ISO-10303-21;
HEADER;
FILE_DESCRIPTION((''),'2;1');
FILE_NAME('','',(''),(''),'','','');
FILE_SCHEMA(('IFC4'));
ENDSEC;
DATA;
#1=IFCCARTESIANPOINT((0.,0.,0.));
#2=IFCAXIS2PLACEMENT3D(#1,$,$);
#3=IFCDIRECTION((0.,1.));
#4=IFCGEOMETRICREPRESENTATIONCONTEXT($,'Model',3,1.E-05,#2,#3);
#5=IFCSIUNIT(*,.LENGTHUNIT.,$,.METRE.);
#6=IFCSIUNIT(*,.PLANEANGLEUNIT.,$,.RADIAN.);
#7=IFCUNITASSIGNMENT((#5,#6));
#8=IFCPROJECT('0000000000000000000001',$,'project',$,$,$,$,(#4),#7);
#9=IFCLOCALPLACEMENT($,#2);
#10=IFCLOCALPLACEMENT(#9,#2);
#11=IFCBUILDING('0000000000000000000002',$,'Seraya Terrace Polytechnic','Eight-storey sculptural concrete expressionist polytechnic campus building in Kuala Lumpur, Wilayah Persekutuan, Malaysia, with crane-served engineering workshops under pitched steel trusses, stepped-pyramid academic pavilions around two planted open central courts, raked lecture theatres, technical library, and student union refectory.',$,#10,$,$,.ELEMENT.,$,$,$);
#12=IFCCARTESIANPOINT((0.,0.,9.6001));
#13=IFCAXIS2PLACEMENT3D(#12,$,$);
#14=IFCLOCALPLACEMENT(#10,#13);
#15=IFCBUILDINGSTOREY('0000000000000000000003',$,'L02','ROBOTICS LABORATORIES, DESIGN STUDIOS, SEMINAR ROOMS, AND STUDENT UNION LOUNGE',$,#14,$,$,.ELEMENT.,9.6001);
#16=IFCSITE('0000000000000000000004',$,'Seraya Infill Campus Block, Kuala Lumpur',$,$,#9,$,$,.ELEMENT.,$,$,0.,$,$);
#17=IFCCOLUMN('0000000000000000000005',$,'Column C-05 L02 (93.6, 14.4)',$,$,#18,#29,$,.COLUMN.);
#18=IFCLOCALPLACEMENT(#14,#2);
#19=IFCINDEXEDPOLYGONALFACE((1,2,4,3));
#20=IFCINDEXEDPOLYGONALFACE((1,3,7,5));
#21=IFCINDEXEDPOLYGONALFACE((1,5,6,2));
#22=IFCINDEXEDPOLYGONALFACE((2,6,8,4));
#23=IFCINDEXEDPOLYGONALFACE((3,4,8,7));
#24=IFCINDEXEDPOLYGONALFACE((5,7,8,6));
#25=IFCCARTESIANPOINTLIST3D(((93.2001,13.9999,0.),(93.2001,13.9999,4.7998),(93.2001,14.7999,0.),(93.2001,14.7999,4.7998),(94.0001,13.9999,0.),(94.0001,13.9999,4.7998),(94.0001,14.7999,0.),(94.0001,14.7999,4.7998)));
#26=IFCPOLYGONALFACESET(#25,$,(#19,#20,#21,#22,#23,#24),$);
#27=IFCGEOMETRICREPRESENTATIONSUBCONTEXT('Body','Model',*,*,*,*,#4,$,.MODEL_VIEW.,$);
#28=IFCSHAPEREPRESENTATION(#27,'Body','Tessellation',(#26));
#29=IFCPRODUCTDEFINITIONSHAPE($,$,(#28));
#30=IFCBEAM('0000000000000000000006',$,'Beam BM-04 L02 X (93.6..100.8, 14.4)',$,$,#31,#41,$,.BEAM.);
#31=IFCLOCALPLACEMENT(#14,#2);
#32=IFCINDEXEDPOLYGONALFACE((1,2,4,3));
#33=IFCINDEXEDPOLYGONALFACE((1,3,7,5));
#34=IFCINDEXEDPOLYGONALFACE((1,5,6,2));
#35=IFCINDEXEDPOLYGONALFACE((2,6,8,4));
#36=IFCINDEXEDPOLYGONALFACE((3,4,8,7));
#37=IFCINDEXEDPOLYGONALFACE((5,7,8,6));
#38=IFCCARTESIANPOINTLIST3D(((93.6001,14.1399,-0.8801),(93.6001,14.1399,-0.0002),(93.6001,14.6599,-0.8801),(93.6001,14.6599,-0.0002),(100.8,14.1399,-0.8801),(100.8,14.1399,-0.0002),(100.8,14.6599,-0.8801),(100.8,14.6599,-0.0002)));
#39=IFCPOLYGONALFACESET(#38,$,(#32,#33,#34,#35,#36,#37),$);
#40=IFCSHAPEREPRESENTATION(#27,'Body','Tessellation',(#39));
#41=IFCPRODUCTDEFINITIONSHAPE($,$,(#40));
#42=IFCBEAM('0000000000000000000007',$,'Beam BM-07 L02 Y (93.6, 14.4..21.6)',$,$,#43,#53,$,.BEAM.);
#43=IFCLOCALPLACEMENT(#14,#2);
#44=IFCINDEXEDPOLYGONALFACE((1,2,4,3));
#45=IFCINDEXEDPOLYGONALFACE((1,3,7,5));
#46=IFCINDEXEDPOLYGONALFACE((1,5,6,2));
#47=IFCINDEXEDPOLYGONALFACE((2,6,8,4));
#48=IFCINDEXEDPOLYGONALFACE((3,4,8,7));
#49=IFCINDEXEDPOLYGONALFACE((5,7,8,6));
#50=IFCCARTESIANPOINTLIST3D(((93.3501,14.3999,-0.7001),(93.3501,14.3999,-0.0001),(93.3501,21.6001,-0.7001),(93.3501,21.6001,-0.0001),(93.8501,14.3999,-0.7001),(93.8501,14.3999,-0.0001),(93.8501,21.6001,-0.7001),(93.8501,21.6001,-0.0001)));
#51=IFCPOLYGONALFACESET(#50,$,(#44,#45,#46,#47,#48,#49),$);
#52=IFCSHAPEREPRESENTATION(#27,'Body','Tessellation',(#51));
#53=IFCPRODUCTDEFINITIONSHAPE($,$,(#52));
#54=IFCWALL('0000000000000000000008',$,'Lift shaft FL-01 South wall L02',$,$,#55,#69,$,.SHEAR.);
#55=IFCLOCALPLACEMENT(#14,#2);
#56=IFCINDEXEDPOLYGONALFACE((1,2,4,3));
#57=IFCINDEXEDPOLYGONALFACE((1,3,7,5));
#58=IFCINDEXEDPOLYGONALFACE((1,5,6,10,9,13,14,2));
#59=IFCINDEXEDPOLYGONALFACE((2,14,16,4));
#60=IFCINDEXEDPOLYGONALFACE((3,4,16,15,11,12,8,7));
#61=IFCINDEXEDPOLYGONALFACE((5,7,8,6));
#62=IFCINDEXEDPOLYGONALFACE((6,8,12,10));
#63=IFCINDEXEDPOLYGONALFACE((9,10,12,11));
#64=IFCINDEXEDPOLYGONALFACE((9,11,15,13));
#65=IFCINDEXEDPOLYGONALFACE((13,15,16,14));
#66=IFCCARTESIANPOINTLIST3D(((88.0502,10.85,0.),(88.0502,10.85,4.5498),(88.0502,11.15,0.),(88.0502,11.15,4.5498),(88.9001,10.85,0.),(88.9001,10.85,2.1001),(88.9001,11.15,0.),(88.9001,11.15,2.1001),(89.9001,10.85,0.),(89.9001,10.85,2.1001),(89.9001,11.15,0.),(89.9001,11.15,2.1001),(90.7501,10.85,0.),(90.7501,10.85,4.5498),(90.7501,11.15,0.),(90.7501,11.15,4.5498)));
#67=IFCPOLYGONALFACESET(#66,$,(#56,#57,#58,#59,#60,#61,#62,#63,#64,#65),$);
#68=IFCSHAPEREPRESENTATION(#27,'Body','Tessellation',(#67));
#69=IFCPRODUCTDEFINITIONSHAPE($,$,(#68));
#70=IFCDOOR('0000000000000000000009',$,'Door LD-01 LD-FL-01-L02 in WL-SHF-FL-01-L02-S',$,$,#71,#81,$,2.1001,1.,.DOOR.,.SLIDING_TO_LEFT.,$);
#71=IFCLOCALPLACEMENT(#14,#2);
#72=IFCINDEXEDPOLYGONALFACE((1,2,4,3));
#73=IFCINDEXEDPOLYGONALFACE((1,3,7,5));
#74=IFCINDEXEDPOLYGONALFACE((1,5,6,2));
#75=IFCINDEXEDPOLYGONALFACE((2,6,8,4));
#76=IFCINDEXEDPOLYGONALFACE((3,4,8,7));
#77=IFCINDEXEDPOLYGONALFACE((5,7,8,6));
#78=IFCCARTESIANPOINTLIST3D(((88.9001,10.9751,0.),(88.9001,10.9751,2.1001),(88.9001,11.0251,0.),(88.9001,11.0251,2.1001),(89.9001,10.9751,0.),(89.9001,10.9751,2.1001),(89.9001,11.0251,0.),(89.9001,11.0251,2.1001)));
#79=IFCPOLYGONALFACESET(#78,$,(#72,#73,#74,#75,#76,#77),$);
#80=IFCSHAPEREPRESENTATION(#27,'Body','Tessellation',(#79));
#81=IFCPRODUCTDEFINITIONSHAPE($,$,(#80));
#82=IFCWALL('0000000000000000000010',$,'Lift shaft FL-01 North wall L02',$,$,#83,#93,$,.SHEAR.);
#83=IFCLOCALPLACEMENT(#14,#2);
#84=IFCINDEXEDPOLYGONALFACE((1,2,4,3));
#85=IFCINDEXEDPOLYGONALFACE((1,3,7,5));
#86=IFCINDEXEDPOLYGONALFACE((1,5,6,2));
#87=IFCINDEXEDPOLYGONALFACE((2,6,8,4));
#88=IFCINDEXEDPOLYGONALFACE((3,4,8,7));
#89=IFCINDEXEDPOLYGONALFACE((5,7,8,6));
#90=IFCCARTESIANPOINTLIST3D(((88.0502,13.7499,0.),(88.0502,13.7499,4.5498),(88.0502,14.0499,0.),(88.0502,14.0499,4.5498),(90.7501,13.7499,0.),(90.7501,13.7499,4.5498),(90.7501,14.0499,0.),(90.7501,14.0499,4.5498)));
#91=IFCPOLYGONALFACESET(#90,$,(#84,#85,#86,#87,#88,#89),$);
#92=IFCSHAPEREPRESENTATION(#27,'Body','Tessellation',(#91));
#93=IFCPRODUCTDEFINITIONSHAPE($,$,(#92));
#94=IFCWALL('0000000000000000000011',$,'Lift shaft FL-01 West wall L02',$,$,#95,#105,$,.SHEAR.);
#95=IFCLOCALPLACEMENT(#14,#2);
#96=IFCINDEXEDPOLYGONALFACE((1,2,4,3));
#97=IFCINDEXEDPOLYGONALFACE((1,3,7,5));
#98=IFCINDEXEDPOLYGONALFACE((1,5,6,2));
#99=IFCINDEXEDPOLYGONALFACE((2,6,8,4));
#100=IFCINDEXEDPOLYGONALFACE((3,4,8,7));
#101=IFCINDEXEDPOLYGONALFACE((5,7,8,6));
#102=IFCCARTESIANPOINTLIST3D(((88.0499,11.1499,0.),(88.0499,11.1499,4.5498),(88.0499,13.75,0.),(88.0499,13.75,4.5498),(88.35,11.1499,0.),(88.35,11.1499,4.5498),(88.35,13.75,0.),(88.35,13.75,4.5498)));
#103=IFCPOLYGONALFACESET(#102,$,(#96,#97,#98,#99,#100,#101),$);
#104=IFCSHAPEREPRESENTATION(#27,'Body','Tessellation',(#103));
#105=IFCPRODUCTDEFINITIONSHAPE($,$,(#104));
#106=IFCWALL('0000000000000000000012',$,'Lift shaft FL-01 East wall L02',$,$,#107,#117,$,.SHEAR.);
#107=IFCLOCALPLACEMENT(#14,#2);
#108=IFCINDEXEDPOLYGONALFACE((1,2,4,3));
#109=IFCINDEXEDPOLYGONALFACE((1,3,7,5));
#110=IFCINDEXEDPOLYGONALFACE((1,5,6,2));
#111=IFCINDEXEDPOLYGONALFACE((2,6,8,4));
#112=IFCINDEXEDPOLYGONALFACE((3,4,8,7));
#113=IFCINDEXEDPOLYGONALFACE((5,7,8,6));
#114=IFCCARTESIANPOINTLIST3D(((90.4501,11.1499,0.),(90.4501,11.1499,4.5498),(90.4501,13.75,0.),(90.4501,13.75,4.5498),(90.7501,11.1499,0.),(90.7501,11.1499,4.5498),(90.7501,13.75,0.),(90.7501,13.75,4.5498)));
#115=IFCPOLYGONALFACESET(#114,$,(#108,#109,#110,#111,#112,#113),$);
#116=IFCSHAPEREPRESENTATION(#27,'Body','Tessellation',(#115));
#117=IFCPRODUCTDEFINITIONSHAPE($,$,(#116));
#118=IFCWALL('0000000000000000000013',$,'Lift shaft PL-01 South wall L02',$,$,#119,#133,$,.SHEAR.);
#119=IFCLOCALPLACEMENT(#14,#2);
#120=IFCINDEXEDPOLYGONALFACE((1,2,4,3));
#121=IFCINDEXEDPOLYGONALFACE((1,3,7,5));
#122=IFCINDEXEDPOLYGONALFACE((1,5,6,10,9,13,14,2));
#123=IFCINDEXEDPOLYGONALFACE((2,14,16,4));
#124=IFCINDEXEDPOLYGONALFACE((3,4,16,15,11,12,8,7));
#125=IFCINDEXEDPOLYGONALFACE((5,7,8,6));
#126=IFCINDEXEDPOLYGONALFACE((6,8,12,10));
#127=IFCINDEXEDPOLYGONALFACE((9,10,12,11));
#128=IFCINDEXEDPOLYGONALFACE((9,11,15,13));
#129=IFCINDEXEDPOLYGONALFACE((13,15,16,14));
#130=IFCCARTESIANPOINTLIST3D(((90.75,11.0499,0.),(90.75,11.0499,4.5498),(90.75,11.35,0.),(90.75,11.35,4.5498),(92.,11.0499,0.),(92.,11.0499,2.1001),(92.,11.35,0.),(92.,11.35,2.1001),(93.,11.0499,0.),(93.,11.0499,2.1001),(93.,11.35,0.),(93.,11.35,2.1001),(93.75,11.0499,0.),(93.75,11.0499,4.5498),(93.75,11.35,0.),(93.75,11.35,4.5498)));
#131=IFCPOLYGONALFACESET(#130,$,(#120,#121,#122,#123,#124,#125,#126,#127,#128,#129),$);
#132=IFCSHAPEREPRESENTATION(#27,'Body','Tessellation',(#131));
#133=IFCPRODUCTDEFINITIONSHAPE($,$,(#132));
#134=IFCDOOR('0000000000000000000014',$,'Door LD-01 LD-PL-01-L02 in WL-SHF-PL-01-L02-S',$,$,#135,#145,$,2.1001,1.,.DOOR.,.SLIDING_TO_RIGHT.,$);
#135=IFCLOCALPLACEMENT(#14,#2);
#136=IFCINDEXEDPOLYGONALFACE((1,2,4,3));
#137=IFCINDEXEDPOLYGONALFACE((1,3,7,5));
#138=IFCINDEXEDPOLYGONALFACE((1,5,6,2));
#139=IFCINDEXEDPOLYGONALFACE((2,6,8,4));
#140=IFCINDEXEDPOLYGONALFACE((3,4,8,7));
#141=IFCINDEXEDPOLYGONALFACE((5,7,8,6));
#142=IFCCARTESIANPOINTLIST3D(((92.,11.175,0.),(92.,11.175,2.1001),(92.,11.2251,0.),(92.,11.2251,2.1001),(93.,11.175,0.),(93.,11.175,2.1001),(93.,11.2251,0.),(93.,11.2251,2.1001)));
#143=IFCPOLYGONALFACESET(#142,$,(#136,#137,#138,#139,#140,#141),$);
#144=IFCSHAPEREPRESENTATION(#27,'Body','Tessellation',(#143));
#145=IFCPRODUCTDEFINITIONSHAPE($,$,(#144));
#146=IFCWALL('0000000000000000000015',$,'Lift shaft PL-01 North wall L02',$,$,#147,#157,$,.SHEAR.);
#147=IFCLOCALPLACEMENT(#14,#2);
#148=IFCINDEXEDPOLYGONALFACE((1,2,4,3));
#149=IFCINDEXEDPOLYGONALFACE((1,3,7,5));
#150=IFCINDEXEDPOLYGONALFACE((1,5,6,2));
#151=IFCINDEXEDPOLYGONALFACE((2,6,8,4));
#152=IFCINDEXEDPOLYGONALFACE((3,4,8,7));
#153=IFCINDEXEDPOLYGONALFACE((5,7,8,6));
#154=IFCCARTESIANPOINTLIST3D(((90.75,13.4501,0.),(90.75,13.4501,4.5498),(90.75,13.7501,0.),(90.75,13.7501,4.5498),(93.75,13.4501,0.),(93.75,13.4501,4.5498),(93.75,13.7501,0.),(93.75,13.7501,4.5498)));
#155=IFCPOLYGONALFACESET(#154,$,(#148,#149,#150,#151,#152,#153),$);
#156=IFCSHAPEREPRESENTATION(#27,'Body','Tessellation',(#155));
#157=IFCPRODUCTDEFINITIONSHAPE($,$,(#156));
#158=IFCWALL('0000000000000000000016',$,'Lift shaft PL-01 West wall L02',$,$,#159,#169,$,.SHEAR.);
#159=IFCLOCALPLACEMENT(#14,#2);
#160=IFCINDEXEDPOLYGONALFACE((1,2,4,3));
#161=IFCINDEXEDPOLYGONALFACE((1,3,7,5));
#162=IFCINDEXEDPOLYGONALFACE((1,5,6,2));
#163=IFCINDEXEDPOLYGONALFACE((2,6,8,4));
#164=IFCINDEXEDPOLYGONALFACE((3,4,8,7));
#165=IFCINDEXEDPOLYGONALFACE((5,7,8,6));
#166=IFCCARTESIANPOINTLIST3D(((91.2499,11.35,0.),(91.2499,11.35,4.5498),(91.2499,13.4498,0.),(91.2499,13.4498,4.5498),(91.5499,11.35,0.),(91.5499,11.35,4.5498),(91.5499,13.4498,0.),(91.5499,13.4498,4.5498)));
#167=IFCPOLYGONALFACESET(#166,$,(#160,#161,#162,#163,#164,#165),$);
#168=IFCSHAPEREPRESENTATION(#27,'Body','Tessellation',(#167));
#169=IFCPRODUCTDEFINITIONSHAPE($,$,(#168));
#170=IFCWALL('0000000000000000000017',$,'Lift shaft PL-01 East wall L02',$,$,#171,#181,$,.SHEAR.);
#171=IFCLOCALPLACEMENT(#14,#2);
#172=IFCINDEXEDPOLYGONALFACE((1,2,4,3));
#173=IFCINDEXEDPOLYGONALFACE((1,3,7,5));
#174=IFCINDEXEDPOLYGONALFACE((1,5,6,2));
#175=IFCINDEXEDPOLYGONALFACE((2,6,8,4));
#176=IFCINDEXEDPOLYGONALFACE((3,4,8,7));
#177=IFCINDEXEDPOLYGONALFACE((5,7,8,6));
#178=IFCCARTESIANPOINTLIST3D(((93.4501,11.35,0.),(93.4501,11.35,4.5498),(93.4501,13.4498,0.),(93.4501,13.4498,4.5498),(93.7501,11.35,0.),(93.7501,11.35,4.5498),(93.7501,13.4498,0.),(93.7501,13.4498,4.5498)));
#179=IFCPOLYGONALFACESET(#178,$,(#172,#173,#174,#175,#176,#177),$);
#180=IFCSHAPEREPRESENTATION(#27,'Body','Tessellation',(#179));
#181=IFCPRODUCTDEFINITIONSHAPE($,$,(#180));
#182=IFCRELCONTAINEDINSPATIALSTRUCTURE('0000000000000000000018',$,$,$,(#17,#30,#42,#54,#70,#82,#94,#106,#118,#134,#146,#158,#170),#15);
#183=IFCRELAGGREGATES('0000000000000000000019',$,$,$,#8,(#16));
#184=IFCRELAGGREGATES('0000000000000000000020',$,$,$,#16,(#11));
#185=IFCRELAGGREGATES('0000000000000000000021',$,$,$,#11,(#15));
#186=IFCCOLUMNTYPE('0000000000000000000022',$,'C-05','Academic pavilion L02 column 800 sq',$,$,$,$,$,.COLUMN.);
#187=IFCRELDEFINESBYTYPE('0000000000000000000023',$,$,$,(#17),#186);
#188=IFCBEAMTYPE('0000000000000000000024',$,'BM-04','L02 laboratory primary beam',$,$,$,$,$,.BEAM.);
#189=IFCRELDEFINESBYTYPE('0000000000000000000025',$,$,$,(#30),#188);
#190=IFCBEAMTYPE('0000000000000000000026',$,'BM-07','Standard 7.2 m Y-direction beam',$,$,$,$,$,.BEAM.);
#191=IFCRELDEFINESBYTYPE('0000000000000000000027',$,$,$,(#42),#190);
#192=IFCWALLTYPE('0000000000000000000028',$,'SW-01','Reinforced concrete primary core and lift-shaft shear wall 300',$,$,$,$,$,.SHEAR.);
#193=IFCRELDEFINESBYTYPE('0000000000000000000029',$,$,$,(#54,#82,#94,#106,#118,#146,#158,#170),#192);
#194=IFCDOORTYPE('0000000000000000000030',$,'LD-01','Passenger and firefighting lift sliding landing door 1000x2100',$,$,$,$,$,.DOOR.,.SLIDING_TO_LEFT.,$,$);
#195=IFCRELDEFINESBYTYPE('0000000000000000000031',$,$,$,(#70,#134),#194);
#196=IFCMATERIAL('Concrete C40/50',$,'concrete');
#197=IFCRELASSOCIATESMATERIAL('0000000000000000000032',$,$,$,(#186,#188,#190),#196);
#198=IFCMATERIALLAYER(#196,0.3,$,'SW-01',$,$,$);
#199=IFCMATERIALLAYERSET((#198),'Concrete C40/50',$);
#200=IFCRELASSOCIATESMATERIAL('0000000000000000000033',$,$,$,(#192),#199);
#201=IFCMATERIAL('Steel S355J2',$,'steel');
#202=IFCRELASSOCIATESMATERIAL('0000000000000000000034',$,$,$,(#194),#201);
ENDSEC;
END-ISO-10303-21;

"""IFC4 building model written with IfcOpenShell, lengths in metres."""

from ifc_helpers import new_model, si_unit, direction, frame, frame_2d, origin, origin_2d, place, context, subcontext, project, spatial, rectangle, extrude, material, layer, layer_set, material_profile, profile_set, type_object, element, fill, save


model = new_model("IFC4")

# Units and contexts
model_context = context("Model", 3, precision=1e-05, world=origin(), true_north=direction((0.0, 1.0)))
body_context = subcontext(model_context, "Body", "Model", "MODEL_VIEW")
ifc_project = project(units=[si_unit("LENGTHUNIT", "METRE"), si_unit("PLANEANGLEUNIT", "RADIAN")], contexts=[model_context])

# Site, building, storey
site_placement = place(None, origin())
site = spatial("IfcSite", under=ifc_project, at=site_placement, Name="Seraya Infill Campus Block, Kuala Lumpur", CompositionType="ELEMENT", RefElevation=0.0)
building_placement = place(site_placement, origin())
building = spatial("IfcBuilding", under=site, at=building_placement, Name="Seraya Terrace Polytechnic", Description="Eight-storey sculptural concrete expressionist polytechnic campus building in Kuala Lumpur, Wilayah Persekutuan, Malaysia, with crane-served engineering workshops under pitched steel trusses, stepped-pyramid academic pavilions around two planted open central courts, raked lecture theatres, technical library, and student union refectory.", CompositionType="ELEMENT")
storey_placement = place(building_placement, frame((0.0, 0.0, 9.6001)))
storey = spatial("IfcBuildingStorey", under=building, at=storey_placement, Name="L02", Description="ROBOTICS LABORATORIES, DESIGN STUDIOS, SEMINAR ROOMS, AND STUDENT UNION LOUNGE", CompositionType="ELEMENT", Elevation=9.6001)

# Column
ifc_material_1 = material(Name="Concrete C40/50", Category="concrete")
ifc_material_profile_1 = material_profile(ifc_material_1, rectangle(XDim=0.8, YDim=0.8, at=origin_2d()), Name="RC 800x800")
ifc_profile_set_1 = profile_set([ifc_material_profile_1], Name="Concrete C40/50")
column_type = type_object("IfcColumnType", Name="C-05", Description="Academic pavilion L02 column 800 sq", PredefinedType="COLUMN", material=ifc_profile_set_1)
column_placement = place(storey_placement, frame((93.6001, 14.3999, 0.0), z_axis=(0.0, 0.0, 1.0), x_axis=(1.0, 0.0, 0.0)))
element("IfcColumn", 1, at=column_placement, inside=storey, type_object=column_type, Name="Column C-05 L02 (93.6, 14.4)", PredefinedType="COLUMN", context=body_context, shape_type="SweptSolid", body=[
    extrude(rectangle(XDim=0.8, YDim=0.8, at=origin_2d()), origin(), (0.0, 0.0, 1.0), 4.7998),
])

# Beams
ifc_material_profile_2 = material_profile(ifc_material_1, rectangle(XDim=0.52, YDim=0.8799, at=origin_2d()), Name="RC 520x880")
ifc_profile_set_2 = profile_set([ifc_material_profile_2], Name="Concrete C40/50")
beam_type_1 = type_object("IfcBeamType", Name="BM-04", Description="L02 laboratory primary beam", PredefinedType="BEAM", material=ifc_profile_set_2)
beam_1_placement = place(storey_placement, frame((93.6001, 14.3999, -0.4402), z_axis=(1.0, 0.0, 0.0), x_axis=(0.0, 1.0, 0.0)))
element("IfcBeam", 2, at=beam_1_placement, inside=storey, type_object=beam_type_1, Name="Beam BM-04 L02 X (93.6..100.8, 14.4)", PredefinedType="BEAM", context=body_context, shape_type="SweptSolid", body=[
    extrude(rectangle(XDim=0.52, YDim=0.8799, at=origin_2d()), origin(), (0.0, 0.0, 1.0), 7.2),
])
ifc_material_profile_3 = material_profile(ifc_material_1, rectangle(XDim=0.5, YDim=0.7, at=origin_2d()), Name="RC 500x700")
ifc_profile_set_3 = profile_set([ifc_material_profile_3], Name="Concrete C40/50")
beam_type_2 = type_object("IfcBeamType", Name="BM-07", Description="Standard 7.2 m Y-direction beam", PredefinedType="BEAM", material=ifc_profile_set_3)
beam_2_placement = place(storey_placement, frame((93.6001, 14.3999, -0.3501), z_axis=(0.0, 1.0, 0.0), x_axis=(-1.0, 0.0, 0.0)))
element("IfcBeam", 3, at=beam_2_placement, inside=storey, type_object=beam_type_2, Name="Beam BM-07 L02 Y (93.6, 14.4..21.6)", PredefinedType="BEAM", context=body_context, shape_type="SweptSolid", body=[
    extrude(rectangle(XDim=0.5, YDim=0.7, at=origin_2d()), origin(), (0.0, 0.0, 1.0), 7.2002),
])

# Wall, opening, door
ifc_layer_1 = layer(ifc_material_1, 0.3, Name="SW-01")
ifc_layer_set_1 = layer_set([ifc_layer_1], Name="Concrete C40/50")
wall_type_1 = type_object("IfcWallType", Name="SW-01", Description="Reinforced concrete primary core and lift-shaft shear wall 300", PredefinedType="SHEAR", material=ifc_layer_set_1)
wall_1_placement = place(storey_placement, frame((88.05, 11.0, 0.0), z_axis=(0.0, 0.0, 1.0), x_axis=(1.0, 0.0, 0.0)))
wall_1 = element("IfcWall", 4, at=wall_1_placement, inside=storey, type_object=wall_type_1, Name="Lift shaft FL-01 South wall L02", PredefinedType="SHEAR", context=body_context, shape_type="SweptSolid", body=[
    extrude(rectangle(XDim=2.7, YDim=0.3, at=frame_2d((1.3501, 0.0))), origin(), (0.0, 0.0, 1.0), 4.5498),
])
opening_1_placement = place(wall_1_placement, frame((0.8501, 0.0, 0.0)))
opening_1 = element("IfcOpeningElement", 5, at=opening_1_placement, cuts=wall_1, PredefinedType="OPENING", context=body_context, shape_type="SweptSolid", body=[
    extrude(rectangle(XDim=1.0, YDim=2.1001, at=frame_2d((0.5, 1.05))), frame((0.0, 0.1621, 0.0), z_axis=(0.0, -1.0, 0.0), x_axis=(1.0, 0.0, 0.0)), (0.0, 0.0, 1.0), 0.324),
])
ifc_material_2 = material(Name="Steel S355J2", Category="steel")
door_type = type_object("IfcDoorType", Name="LD-01", Description="Passenger and firefighting lift sliding landing door 1000x2100", OperationType="SLIDING_TO_LEFT", PredefinedType="DOOR", material=ifc_material_2)
door_1_placement = place(opening_1_placement, frame((1.0, 0.0, 0.0), z_axis=(0.0, 0.0, 1.0), x_axis=(-1.0, 0.0, 0.0)))
door_1 = element("IfcDoor", 6, at=door_1_placement, inside=storey, type_object=door_type, Name="Door LD-01 LD-FL-01-L02 in WL-SHF-FL-01-L02-S", OperationType="SLIDING_TO_LEFT", OverallHeight=2.1001, OverallWidth=1.0, PredefinedType="DOOR", context=body_context, shape_type="SweptSolid", body=[
    extrude(rectangle(XDim=1.0, YDim=2.1001, at=frame_2d((0.5, 1.05))), frame((0.0, 0.0249, 0.0), z_axis=(0.0, -1.0, 0.0), x_axis=(1.0, 0.0, 0.0)), (0.0, 0.0, 1.0), 0.05),
])
fill(opening_1, door_1)

# Walls
wall_2_placement = place(storey_placement, frame((88.05, 13.8999, 0.0), z_axis=(0.0, 0.0, 1.0), x_axis=(1.0, 0.0, 0.0)))
element("IfcWall", 7, at=wall_2_placement, inside=storey, type_object=wall_type_1, Name="Lift shaft FL-01 North wall L02", PredefinedType="SHEAR", context=body_context, shape_type="SweptSolid", body=[
    extrude(rectangle(XDim=2.7, YDim=0.3, at=frame_2d((1.3501, 0.0))), origin(), (0.0, 0.0, 1.0), 4.5498),
])
for number, where, z_axis, x_axis, name in (
    (8, (88.2, 11.1499, 0.0), (0.0, 0.0, 1.0), (0.0, 1.0, 0.0), "Lift shaft FL-01 West wall L02"),
    (9, (90.6001, 11.1499, 0.0), (0.0, 0.0, 1.0), (0.0, 1.0, 0.0), "Lift shaft FL-01 East wall L02"),
):
    element("IfcWall", number, at=place(storey_placement, frame(where, z_axis=z_axis, x_axis=x_axis)), inside=storey, type_object=wall_type_1, Name=name, PredefinedType="SHEAR", context=body_context, shape_type="SweptSolid", body=[
        extrude(rectangle(XDim=2.6001, YDim=0.3, at=frame_2d((1.3, 0.0))), origin(), (0.0, 0.0, 1.0), 4.5498),
    ])

# Wall, opening, door
wall_3_placement = place(storey_placement, frame((90.75, 11.2, 0.0), z_axis=(0.0, 0.0, 1.0), x_axis=(1.0, 0.0, 0.0)))
wall_3 = element("IfcWall", 10, at=wall_3_placement, inside=storey, type_object=wall_type_1, Name="Lift shaft PL-01 South wall L02", PredefinedType="SHEAR", context=body_context, shape_type="SweptSolid", body=[
    extrude(rectangle(XDim=3.0, YDim=0.3, at=frame_2d((1.5, 0.0))), origin(), (0.0, 0.0, 1.0), 4.5498),
])
opening_2_placement = place(wall_3_placement, frame((1.25, 0.0, 0.0)))
opening_2 = element("IfcOpeningElement", 11, at=opening_2_placement, cuts=wall_3, PredefinedType="OPENING", context=body_context, shape_type="SweptSolid", body=[
    extrude(rectangle(XDim=1.0, YDim=2.1001, at=frame_2d((0.5, 1.05))), frame((0.0, 0.1621, 0.0), z_axis=(0.0, -1.0, 0.0), x_axis=(1.0, 0.0, 0.0)), (0.0, 0.0, 1.0), 0.324),
])
door_2_placement = place(opening_2_placement, frame((1.0, 0.0, 0.0), z_axis=(0.0, 0.0, 1.0), x_axis=(-1.0, 0.0, 0.0)))
door_2 = element("IfcDoor", 12, at=door_2_placement, inside=storey, type_object=door_type, Name="Door LD-01 LD-PL-01-L02 in WL-SHF-PL-01-L02-S", OperationType="SLIDING_TO_RIGHT", OverallHeight=2.1001, OverallWidth=1.0, PredefinedType="DOOR", context=body_context, shape_type="SweptSolid", body=[
    extrude(rectangle(XDim=1.0, YDim=2.1001, at=frame_2d((0.5, 1.05))), frame((0.0, 0.0249, 0.0), z_axis=(0.0, -1.0, 0.0), x_axis=(1.0, 0.0, 0.0)), (0.0, 0.0, 1.0), 0.05),
])
fill(opening_2, door_2)

# Walls
wall_4_placement = place(storey_placement, frame((90.75, 13.6001, 0.0), z_axis=(0.0, 0.0, 1.0), x_axis=(1.0, 0.0, 0.0)))
element("IfcWall", 13, at=wall_4_placement, inside=storey, type_object=wall_type_1, Name="Lift shaft PL-01 North wall L02", PredefinedType="SHEAR", context=body_context, shape_type="SweptSolid", body=[
    extrude(rectangle(XDim=3.0, YDim=0.3, at=frame_2d((1.5, 0.0))), origin(), (0.0, 0.0, 1.0), 4.5498),
])
for number, where, z_axis, x_axis, name in (
    (14, (91.3999, 11.3501, 0.0), (0.0, 0.0, 1.0), (0.0, 1.0, 0.0), "Lift shaft PL-01 West wall L02"),
    (15, (93.6001, 11.3501, 0.0), (0.0, 0.0, 1.0), (0.0, 1.0, 0.0), "Lift shaft PL-01 East wall L02"),
):
    element("IfcWall", number, at=place(storey_placement, frame(where, z_axis=z_axis, x_axis=x_axis)), inside=storey, type_object=wall_type_1, Name=name, PredefinedType="SHEAR", context=body_context, shape_type="SweptSolid", body=[
        extrude(rectangle(XDim=2.0999, YDim=0.3, at=frame_2d((1.0498, 0.0))), origin(), (0.0, 0.0, 1.0), 4.5498),
    ])

save(model, "model.ifc")
